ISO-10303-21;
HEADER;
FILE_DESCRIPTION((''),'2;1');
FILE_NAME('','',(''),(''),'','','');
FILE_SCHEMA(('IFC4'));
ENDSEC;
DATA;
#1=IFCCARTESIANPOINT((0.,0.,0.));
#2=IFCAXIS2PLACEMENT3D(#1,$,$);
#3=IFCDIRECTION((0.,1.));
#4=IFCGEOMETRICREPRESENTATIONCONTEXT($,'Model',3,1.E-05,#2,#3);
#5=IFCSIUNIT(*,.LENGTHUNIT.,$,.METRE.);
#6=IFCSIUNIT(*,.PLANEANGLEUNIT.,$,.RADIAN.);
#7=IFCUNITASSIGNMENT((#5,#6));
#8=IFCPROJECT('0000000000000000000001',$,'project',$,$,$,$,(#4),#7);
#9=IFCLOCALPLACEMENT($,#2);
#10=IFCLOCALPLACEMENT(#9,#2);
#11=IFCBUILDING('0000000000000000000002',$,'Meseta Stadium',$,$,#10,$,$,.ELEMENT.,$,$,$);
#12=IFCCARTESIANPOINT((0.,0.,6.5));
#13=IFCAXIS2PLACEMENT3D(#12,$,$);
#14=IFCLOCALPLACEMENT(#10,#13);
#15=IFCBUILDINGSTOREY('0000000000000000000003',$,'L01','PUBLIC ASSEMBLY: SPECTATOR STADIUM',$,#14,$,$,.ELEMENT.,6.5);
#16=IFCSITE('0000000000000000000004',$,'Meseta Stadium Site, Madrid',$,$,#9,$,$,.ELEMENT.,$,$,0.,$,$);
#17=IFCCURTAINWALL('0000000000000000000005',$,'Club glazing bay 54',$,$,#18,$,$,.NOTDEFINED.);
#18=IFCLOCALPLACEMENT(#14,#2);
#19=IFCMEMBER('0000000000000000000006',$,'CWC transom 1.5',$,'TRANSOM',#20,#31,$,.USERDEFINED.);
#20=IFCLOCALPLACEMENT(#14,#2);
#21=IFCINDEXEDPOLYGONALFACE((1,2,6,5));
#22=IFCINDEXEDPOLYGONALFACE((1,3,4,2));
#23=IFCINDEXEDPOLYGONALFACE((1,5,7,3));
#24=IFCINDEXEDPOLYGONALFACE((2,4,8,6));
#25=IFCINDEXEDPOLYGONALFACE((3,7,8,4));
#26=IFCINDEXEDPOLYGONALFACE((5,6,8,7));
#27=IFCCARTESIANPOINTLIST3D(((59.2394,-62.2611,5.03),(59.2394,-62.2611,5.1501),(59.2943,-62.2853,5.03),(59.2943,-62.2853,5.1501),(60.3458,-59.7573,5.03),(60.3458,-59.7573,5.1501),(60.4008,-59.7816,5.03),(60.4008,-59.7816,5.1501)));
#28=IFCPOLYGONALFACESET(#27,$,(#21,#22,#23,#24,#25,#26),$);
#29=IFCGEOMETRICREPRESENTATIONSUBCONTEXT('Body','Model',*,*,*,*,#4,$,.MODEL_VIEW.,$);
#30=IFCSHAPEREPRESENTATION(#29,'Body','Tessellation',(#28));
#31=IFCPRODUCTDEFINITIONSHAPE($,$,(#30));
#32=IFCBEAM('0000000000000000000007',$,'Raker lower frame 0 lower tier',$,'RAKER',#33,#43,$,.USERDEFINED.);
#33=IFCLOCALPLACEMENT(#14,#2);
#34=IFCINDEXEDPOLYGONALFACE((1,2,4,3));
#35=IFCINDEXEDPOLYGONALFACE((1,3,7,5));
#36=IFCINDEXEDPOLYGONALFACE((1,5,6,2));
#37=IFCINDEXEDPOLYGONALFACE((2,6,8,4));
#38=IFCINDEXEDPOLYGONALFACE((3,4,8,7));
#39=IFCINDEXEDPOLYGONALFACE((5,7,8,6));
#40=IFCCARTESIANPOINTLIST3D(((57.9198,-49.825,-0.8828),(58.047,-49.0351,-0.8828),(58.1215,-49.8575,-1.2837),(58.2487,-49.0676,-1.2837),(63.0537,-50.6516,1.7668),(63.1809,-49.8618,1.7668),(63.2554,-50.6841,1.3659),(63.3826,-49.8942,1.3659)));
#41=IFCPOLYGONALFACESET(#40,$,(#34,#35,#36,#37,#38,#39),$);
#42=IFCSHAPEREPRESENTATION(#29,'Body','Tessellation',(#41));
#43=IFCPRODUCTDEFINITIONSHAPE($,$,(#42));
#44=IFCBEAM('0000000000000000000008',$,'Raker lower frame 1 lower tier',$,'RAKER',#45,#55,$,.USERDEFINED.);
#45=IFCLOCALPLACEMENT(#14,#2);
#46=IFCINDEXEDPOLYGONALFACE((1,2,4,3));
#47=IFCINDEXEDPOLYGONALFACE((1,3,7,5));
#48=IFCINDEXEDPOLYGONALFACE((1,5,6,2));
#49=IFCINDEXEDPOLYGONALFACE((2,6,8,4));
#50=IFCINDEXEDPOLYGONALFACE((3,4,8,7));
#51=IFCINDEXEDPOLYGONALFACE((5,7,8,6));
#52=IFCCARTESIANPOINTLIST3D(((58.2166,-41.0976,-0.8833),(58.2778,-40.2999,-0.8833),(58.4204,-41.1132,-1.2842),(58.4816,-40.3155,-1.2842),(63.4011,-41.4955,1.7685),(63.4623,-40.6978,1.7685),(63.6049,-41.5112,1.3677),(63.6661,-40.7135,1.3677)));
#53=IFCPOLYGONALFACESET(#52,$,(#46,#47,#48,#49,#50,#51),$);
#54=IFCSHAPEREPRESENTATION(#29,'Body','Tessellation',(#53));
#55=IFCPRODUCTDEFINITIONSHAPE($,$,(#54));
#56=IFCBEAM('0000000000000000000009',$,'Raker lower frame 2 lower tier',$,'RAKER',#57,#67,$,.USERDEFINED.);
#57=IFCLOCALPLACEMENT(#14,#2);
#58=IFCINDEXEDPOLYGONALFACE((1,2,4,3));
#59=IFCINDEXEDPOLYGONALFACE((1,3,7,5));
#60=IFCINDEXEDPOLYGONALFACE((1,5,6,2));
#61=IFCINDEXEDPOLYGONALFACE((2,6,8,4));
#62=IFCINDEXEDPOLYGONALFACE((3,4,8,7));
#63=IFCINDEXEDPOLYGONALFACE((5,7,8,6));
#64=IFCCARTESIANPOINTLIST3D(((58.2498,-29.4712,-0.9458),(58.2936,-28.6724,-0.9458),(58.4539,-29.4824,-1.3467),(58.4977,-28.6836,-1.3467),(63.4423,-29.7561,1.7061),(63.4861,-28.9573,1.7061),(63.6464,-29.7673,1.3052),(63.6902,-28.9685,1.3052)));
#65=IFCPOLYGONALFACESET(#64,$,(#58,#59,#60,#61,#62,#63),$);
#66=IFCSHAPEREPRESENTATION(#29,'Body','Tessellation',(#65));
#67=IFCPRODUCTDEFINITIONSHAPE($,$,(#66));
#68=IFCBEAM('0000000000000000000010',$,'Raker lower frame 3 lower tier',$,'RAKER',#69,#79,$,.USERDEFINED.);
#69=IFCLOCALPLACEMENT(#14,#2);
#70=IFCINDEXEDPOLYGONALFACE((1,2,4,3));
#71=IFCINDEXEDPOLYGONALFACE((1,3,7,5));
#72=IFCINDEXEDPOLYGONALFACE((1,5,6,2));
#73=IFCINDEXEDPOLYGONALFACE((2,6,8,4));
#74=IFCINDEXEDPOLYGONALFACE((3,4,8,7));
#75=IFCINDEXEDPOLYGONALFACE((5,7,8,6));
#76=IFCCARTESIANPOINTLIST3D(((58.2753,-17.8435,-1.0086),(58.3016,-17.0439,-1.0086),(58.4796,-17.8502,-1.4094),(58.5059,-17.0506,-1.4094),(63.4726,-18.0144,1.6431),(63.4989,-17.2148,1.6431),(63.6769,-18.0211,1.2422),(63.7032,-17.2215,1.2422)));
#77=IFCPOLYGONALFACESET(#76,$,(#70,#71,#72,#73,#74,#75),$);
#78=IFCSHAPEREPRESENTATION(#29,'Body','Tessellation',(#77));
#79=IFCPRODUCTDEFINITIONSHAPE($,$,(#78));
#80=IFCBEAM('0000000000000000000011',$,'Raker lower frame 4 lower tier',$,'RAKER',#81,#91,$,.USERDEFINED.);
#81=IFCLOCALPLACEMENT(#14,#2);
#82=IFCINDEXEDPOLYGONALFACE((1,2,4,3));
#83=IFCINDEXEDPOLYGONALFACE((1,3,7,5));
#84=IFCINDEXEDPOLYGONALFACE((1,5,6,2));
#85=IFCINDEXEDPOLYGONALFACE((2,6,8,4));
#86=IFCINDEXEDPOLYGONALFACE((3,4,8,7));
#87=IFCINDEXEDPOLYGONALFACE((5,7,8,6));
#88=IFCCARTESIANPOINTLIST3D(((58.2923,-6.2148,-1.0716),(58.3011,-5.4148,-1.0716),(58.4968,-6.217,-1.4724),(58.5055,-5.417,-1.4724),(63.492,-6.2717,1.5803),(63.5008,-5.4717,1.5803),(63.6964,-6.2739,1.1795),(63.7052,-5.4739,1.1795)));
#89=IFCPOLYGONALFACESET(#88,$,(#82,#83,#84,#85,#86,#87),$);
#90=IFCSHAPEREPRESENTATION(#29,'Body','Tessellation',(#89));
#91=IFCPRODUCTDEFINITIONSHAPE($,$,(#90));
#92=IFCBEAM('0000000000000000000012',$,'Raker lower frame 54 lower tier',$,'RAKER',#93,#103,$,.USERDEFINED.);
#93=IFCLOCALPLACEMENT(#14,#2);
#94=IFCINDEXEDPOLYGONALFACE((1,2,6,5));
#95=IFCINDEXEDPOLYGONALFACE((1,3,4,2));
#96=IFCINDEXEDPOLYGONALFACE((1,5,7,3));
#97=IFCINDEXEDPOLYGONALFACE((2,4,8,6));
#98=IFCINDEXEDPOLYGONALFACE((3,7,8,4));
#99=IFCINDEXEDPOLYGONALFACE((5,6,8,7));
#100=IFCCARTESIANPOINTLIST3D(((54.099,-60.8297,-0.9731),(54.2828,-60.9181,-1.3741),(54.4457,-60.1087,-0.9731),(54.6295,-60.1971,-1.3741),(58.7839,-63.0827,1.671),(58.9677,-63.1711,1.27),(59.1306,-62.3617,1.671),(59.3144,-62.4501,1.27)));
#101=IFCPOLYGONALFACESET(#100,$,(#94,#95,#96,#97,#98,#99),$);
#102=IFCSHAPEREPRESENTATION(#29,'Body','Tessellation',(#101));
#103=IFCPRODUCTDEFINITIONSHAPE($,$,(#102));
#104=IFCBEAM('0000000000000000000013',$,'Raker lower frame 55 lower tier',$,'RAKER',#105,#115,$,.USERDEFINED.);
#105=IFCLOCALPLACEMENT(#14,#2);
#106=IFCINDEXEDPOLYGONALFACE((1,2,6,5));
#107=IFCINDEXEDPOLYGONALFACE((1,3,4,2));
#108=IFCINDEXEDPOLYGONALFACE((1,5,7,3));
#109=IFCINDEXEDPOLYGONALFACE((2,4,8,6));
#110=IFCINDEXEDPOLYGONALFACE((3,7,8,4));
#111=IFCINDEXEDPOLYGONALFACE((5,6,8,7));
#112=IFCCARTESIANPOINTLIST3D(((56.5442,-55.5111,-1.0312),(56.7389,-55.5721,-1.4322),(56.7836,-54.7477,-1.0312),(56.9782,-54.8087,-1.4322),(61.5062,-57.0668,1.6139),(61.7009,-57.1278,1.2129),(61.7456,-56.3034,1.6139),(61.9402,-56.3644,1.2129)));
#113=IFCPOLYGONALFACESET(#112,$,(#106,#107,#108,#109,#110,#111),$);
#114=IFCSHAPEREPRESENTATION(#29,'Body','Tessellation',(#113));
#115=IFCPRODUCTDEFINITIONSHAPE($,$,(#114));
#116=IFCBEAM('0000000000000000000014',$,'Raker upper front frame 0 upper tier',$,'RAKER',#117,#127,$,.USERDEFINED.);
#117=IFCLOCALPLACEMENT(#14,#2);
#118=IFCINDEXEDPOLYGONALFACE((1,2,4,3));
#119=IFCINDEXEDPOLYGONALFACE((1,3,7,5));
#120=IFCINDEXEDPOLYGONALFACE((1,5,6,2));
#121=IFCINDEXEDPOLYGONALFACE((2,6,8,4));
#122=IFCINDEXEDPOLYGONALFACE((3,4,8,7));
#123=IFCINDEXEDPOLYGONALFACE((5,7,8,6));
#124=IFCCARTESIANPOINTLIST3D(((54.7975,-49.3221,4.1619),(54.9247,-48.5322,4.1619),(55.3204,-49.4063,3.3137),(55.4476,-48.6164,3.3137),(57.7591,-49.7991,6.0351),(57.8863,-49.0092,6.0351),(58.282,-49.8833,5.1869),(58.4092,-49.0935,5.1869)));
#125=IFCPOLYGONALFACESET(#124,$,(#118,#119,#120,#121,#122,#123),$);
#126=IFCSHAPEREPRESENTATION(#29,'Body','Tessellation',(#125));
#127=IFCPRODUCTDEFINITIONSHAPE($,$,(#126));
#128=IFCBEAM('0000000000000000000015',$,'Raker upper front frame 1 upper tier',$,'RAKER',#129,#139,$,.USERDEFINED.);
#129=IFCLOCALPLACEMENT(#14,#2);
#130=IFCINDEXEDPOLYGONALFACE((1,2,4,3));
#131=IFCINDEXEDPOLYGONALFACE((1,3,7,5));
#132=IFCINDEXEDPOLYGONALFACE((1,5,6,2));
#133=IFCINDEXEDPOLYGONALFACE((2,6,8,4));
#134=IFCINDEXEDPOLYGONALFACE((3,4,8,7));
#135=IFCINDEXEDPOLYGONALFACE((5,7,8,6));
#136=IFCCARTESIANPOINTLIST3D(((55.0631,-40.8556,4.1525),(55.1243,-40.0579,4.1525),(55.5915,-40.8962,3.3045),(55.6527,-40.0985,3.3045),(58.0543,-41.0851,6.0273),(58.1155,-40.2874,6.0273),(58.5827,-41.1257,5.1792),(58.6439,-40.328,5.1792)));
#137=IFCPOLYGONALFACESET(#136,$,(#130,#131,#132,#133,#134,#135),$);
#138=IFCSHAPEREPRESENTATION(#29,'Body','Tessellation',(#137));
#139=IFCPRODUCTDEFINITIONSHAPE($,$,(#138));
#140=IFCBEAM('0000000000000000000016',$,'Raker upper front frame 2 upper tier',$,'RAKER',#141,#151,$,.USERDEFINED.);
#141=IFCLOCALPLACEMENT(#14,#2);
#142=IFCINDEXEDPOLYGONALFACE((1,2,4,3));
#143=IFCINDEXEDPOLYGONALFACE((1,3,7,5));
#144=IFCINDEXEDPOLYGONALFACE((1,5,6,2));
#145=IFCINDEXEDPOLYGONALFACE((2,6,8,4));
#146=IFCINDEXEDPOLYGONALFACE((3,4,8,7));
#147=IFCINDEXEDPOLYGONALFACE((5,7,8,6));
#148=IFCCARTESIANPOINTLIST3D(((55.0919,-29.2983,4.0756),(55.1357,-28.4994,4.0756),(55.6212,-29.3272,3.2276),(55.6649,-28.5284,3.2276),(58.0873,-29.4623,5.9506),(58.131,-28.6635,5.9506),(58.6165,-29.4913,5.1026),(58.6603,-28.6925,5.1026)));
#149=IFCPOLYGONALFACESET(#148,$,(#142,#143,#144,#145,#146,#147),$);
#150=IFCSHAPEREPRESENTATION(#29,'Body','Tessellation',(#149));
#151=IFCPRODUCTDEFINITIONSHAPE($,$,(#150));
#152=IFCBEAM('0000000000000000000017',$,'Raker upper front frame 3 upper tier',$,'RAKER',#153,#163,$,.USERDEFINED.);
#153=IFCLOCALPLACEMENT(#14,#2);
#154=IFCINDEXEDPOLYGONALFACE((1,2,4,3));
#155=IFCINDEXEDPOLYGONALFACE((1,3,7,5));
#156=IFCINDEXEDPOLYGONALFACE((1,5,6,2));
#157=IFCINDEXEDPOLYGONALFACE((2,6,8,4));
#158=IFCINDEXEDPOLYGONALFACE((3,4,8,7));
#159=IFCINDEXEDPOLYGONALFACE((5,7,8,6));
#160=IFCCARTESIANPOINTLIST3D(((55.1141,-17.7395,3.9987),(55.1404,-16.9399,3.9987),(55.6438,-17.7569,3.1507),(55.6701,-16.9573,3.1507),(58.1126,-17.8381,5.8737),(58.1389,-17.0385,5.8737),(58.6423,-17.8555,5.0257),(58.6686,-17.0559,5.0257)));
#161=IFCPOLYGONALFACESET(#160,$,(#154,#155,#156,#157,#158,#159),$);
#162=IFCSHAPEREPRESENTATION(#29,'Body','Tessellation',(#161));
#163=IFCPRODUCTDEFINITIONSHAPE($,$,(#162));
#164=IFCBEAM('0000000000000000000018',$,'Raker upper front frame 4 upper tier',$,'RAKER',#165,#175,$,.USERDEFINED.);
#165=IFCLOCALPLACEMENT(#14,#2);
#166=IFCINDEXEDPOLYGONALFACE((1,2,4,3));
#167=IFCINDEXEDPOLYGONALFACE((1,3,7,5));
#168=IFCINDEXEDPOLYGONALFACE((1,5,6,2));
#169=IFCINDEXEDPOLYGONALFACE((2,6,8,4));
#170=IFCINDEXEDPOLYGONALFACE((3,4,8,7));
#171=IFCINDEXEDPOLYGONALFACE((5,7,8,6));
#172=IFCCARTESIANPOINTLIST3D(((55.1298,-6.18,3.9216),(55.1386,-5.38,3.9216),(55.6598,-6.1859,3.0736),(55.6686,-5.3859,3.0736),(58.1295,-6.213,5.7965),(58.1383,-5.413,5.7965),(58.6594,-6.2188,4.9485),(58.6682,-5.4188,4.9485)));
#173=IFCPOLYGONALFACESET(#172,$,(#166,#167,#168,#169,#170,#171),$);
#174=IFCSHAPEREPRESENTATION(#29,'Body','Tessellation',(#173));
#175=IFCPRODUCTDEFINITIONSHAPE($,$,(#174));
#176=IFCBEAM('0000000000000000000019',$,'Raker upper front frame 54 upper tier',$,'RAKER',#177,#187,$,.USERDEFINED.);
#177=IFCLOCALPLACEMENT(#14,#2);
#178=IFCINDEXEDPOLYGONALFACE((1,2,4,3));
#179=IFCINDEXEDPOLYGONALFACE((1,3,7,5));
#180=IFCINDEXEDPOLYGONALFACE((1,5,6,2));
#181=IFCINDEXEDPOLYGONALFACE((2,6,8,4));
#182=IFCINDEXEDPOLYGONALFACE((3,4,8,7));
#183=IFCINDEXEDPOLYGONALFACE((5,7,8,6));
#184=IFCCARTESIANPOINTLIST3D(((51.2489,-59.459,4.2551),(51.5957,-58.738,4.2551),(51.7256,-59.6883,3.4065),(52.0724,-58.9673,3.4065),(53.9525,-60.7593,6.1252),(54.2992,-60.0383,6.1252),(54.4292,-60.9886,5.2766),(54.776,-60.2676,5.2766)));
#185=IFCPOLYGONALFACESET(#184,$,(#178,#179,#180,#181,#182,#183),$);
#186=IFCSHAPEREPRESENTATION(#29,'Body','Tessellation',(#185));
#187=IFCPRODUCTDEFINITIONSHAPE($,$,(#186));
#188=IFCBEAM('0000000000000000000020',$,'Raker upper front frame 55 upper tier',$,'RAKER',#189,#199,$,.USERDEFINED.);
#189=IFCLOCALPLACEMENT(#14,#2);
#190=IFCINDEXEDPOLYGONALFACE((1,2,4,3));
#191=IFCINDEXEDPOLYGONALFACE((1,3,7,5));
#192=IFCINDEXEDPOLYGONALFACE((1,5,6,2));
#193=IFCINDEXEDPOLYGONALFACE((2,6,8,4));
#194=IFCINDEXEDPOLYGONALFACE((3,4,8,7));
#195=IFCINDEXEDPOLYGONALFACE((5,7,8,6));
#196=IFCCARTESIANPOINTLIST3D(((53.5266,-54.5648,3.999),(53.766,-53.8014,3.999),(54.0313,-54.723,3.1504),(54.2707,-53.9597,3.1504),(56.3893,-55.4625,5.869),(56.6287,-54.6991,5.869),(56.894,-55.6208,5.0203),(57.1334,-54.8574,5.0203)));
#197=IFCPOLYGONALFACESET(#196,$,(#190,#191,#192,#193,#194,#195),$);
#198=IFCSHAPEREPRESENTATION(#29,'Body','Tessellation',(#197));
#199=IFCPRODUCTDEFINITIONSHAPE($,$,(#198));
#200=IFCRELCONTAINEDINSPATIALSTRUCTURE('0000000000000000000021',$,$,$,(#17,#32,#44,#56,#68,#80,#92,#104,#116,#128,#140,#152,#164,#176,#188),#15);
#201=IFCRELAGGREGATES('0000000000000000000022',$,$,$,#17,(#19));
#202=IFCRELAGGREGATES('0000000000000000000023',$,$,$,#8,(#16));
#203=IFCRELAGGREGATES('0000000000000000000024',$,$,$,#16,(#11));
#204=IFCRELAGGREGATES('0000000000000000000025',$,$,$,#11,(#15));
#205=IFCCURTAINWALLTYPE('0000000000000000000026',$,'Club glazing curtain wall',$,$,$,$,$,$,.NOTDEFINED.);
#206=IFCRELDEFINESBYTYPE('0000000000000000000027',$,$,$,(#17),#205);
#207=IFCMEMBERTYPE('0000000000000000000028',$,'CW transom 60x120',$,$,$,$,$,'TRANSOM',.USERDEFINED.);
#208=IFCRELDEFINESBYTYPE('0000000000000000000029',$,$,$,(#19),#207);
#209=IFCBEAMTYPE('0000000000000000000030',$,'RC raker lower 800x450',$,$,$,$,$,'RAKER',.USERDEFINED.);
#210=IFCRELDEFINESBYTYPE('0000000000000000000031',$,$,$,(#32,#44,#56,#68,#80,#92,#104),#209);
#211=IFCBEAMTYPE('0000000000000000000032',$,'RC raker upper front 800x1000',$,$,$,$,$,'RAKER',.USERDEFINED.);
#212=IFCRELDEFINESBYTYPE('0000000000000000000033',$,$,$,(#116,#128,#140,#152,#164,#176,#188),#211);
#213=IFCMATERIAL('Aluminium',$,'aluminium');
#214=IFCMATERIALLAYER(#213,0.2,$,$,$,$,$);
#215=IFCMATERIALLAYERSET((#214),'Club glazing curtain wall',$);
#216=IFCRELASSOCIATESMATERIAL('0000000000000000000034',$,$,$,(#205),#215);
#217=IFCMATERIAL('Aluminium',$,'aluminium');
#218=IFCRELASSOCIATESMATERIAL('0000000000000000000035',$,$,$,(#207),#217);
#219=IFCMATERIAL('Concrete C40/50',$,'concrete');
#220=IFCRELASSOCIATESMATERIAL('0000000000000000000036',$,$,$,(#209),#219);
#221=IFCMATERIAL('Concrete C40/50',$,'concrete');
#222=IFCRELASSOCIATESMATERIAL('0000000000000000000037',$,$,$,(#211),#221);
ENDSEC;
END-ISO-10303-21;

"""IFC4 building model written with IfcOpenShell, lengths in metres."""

from ifc_helpers import new_model, si_unit, direction, frame, origin, origin_2d, place, context, subcontext, project, spatial, rectangle, extrude, material, layer, layer_set, material_profile, profile_set, type_object, element, aggregate, save


model = new_model("IFC4")

# Units and contexts
model_context = context("Model", 3, precision=1e-05, world=origin(), true_north=direction((0.0, 1.0)))
body_context = subcontext(model_context, "Body", "Model", "MODEL_VIEW")
ifc_project = project(units=[si_unit("LENGTHUNIT", "METRE"), si_unit("PLANEANGLEUNIT", "RADIAN")], contexts=[model_context])

# Site, building, storey
site_placement = place(None, origin())
site = spatial("IfcSite", under=ifc_project, at=site_placement, Name="Meseta Stadium Site, Madrid", CompositionType="ELEMENT", RefElevation=0.0)
building_placement = place(site_placement, origin())
building = spatial("IfcBuilding", under=site, at=building_placement, Name="Meseta Stadium", CompositionType="ELEMENT")
storey_placement = place(building_placement, frame((0.0, 0.0, 6.5)))
storey = spatial("IfcBuildingStorey", under=building, at=storey_placement, Name="L01", Description="PUBLIC ASSEMBLY: SPECTATOR STADIUM", CompositionType="ELEMENT", Elevation=6.5)

# Curtain wall, member
ifc_material_1 = material(Name="Aluminium", Category="aluminium")
ifc_layer_1 = layer(ifc_material_1, 0.2)
ifc_layer_set_1 = layer_set([ifc_layer_1], Name="Club glazing curtain wall")
curtain_wall_type = type_object("IfcCurtainWallType", Name="Club glazing curtain wall", PredefinedType="NOTDEFINED", material=ifc_layer_set_1)
curtain_wall_placement = place(storey_placement, origin())
curtain_wall = element("IfcCurtainWall", 1, at=curtain_wall_placement, inside=storey, type_object=curtain_wall_type, Name="Club glazing bay 54", PredefinedType="NOTDEFINED")
ifc_material_2 = material(Name="Aluminium", Category="aluminium")
ifc_material_profile_1 = material_profile(ifc_material_2, rectangle(XDim=0.0601, YDim=0.1201, at=origin_2d()), Name="CW 60x120")
ifc_profile_set_1 = profile_set([ifc_material_profile_1], Name="Aluminium")
member_type = type_object("IfcMemberType", Name="CW transom 60x120", ElementType="TRANSOM", PredefinedType="USERDEFINED", material=ifc_profile_set_1)
member_1_placement = place(storey_placement, frame((59.2668, -62.2732, 5.0901), z_axis=(0.404218, 0.914663, 0.0), x_axis=(-0.914663, 0.404218, 0.0)))
member_1 = element("IfcMember", 2, at=member_1_placement, type_object=member_type, Name="CWC transom 1.5", ObjectType="TRANSOM", PredefinedType="USERDEFINED", context=body_context, shape_type="SweptSolid", body=[
    extrude(rectangle(XDim=0.0601, YDim=0.1201, at=origin_2d()), origin(), (0.0, 0.0, 1.0), 2.7373),
])

# Beams
ifc_material_3 = material(Name="Concrete C40/50", Category="concrete")
ifc_material_profile_2 = material_profile(ifc_material_3, rectangle(XDim=0.8, YDim=0.45, at=origin_2d()), Name="RC 800x450")
ifc_profile_set_2 = profile_set([ifc_material_profile_2], Name="Concrete C40/50")
beam_type_1 = type_object("IfcBeamType", Name="RC raker lower 800x450", ElementType="RAKER", PredefinedType="USERDEFINED", material=ifc_profile_set_2)
beam_1_placement = place(storey_placement, frame((58.0842, -49.4463, -1.0833), z_axis=(0.879673, -0.141641, 0.453997), x_axis=(0.158968, 0.987284, 0.0)))
element("IfcBeam", 3, at=beam_1_placement, inside=storey, type_object=beam_type_1, Name="Raker lower frame 0 lower tier", ObjectType="RAKER", PredefinedType="USERDEFINED", context=body_context, shape_type="SweptSolid", body=[
    extrude(rectangle(XDim=0.8, YDim=0.45, at=origin_2d()), origin(), (0.0, 0.0, 1.0), 5.8362),
])
beam_2_placement = place(storey_placement, frame((58.3491, -40.7065, -1.0837), z_axis=(0.888226, -0.068177, 0.454319), x_axis=(0.076531, 0.997067, 0.0)))
element("IfcBeam", 4, at=beam_2_placement, inside=storey, type_object=beam_type_1, Name="Raker lower frame 1 lower tier", ObjectType="RAKER", PredefinedType="USERDEFINED", context=body_context, shape_type="SweptSolid", body=[
    extrude(rectangle(XDim=0.8, YDim=0.45, at=origin_2d()), origin(), (0.0, 0.0, 1.0), 5.8369),
])
beam_3_placement = place(storey_placement, frame((58.3738, -29.0774, -1.1462), z_axis=(0.889514, -0.048809, 0.454293), x_axis=(0.054789, 0.998498, 0.0)))
element("IfcBeam", 5, at=beam_3_placement, inside=storey, type_object=beam_type_1, Name="Raker lower frame 2 lower tier", ObjectType="RAKER", PredefinedType="USERDEFINED", context=body_context, shape_type="SweptSolid", body=[
    extrude(rectangle(XDim=0.8, YDim=0.45, at=origin_2d()), origin(), (0.0, 0.0, 1.0), 5.8374),
])
for number, where, z_axis, x_axis, name in (
    (6, (58.3906, -17.447, -1.209), (0.890384, -0.029278, 0.454268), (0.032865, 0.99946, 0.0), "Raker lower frame 3 lower tier"),
    (7, (58.3989, -5.8159, -1.272), (0.890793, -0.009745, 0.454305), (0.010939, 0.99994, 0.0), "Raker lower frame 4 lower tier"),
):
    element("IfcBeam", number, at=place(storey_placement, frame(where, z_axis=z_axis, x_axis=x_axis)), inside=storey, type_object=beam_type_1, Name=name, ObjectType="RAKER", PredefinedType="USERDEFINED", context=body_context, shape_type="SweptSolid", body=[
        extrude(rectangle(XDim=0.8, YDim=0.45, at=origin_2d()), origin(), (0.0, 0.0, 1.0), 5.8372),
    ])
beam_4_placement = place(storey_placement, frame((54.3643, -60.5134, -1.1736), z_axis=(0.803272, -0.386294, 0.453355), x_axis=(0.433391, 0.901206, 0.0)))
element("IfcBeam", 8, at=beam_4_placement, inside=storey, type_object=beam_type_1, Name="Raker lower frame 54 lower tier", ObjectType="RAKER", PredefinedType="USERDEFINED", context=body_context, shape_type="SweptSolid", body=[
    extrude(rectangle(XDim=0.8, YDim=0.45, at=origin_2d()), origin(), (0.0, 0.0, 1.0), 5.8323),
])
beam_5_placement = place(storey_placement, frame((56.7612, -55.1599, -1.2317), z_axis=(0.850501, -0.26665, 0.453372), x_axis=(0.299162, 0.954202, 0.0)))
element("IfcBeam", 9, at=beam_5_placement, inside=storey, type_object=beam_type_1, Name="Raker lower frame 55 lower tier", ObjectType="RAKER", PredefinedType="USERDEFINED", context=body_context, shape_type="SweptSolid", body=[
    extrude(rectangle(XDim=0.8, YDim=0.45, at=origin_2d()), origin(), (0.0, 0.0, 1.0), 5.8342),
])
ifc_material_4 = material(Name="Concrete C40/50", Category="concrete")
ifc_material_profile_3 = material_profile(ifc_material_4, rectangle(XDim=0.8, YDim=1.0, at=origin_2d()), Name="RC 800x1000")
ifc_profile_set_3 = profile_set([ifc_material_profile_3], Name="Concrete C40/50")
beam_type_2 = type_object("IfcBeamType", Name="RC raker upper front 800x1000", ElementType="RAKER", PredefinedType="USERDEFINED", material=ifc_profile_set_3)
beam_6_placement = place(storey_placement, frame((55.1226, -48.9692, 3.7378), z_axis=(0.837409, -0.134886, 0.529671), x_axis=(0.159025, 0.987275, 0.0)))
element("IfcBeam", 10, at=beam_6_placement, inside=storey, type_object=beam_type_2, Name="Raker upper front frame 0 upper tier", ObjectType="RAKER", PredefinedType="USERDEFINED", context=body_context, shape_type="SweptSolid", body=[
    extrude(rectangle(XDim=0.8, YDim=1.0, at=origin_2d()), origin(), (0.0, 0.0, 1.0), 3.5366),
])
for number, where, z_axis, x_axis, name in (
    (11, (55.3579, -40.4771, 3.7285), (0.845545, -0.064872, 0.529949), (0.076497, 0.99707, 0.0), "Raker upper front frame 1 upper tier"),
    (12, (55.3784, -28.9133, 3.6516), (0.846717, -0.046377, 0.530018), (0.05469, 0.998503, 0.0), "Raker upper front frame 2 upper tier"),
):
    element("IfcBeam", number, at=place(storey_placement, frame(where, z_axis=z_axis, x_axis=x_axis)), inside=storey, type_object=beam_type_2, Name=name, ObjectType="RAKER", PredefinedType="USERDEFINED", context=body_context, shape_type="SweptSolid", body=[
        extrude(rectangle(XDim=0.8, YDim=1.0, at=origin_2d()), origin(), (0.0, 0.0, 1.0), 3.5376),
    ])
beam_7_placement = place(storey_placement, frame((55.3921, -17.3484, 3.5747), z_axis=(0.847552, -0.027879, 0.529979), x_axis=(0.032876, 0.999459, 0.0)))
element("IfcBeam", 13, at=beam_7_placement, inside=storey, type_object=beam_type_2, Name="Raker upper front frame 3 upper tier", ObjectType="RAKER", PredefinedType="USERDEFINED", context=body_context, shape_type="SweptSolid", body=[
    extrude(rectangle(XDim=0.8, YDim=1.0, at=origin_2d()), origin(), (0.0, 0.0, 1.0), 3.5378),
])
beam_8_placement = place(storey_placement, frame((55.3992, -5.783, 3.4976), z_axis=(0.847942, -0.009317, 0.530007), x_axis=(0.010987, 0.99994, 0.0)))
element("IfcBeam", 14, at=beam_8_placement, inside=storey, type_object=beam_type_2, Name="Raker upper front frame 4 upper tier", ObjectType="RAKER", PredefinedType="USERDEFINED", context=body_context, shape_type="SweptSolid", body=[
    extrude(rectangle(XDim=0.8, YDim=1.0, at=origin_2d()), origin(), (0.0, 0.0, 1.0), 3.5376),
])
for number, where, z_axis, x_axis, name in (
    (15, (51.6606, -59.2131, 3.8308), (0.76477, -0.367813, 0.528999), (0.433424, 0.90119, 0.0), "Raker upper front frame 54 upper tier"),
    (16, (53.8987, -54.2622, 3.5747), (0.809765, -0.253945, 0.528954), (0.299234, 0.95418, 0.0), "Raker upper front frame 55 upper tier"),
):
    element("IfcBeam", number, at=place(storey_placement, frame(where, z_axis=z_axis, x_axis=x_axis)), inside=storey, type_object=beam_type_2, Name=name, ObjectType="RAKER", PredefinedType="USERDEFINED", context=body_context, shape_type="SweptSolid", body=[
        extrude(rectangle(XDim=0.8, YDim=1.0, at=origin_2d()), origin(), (0.0, 0.0, 1.0), 3.5352),
    ])

aggregate(curtain_wall, [member_1])

save(model, "model.ifc")
